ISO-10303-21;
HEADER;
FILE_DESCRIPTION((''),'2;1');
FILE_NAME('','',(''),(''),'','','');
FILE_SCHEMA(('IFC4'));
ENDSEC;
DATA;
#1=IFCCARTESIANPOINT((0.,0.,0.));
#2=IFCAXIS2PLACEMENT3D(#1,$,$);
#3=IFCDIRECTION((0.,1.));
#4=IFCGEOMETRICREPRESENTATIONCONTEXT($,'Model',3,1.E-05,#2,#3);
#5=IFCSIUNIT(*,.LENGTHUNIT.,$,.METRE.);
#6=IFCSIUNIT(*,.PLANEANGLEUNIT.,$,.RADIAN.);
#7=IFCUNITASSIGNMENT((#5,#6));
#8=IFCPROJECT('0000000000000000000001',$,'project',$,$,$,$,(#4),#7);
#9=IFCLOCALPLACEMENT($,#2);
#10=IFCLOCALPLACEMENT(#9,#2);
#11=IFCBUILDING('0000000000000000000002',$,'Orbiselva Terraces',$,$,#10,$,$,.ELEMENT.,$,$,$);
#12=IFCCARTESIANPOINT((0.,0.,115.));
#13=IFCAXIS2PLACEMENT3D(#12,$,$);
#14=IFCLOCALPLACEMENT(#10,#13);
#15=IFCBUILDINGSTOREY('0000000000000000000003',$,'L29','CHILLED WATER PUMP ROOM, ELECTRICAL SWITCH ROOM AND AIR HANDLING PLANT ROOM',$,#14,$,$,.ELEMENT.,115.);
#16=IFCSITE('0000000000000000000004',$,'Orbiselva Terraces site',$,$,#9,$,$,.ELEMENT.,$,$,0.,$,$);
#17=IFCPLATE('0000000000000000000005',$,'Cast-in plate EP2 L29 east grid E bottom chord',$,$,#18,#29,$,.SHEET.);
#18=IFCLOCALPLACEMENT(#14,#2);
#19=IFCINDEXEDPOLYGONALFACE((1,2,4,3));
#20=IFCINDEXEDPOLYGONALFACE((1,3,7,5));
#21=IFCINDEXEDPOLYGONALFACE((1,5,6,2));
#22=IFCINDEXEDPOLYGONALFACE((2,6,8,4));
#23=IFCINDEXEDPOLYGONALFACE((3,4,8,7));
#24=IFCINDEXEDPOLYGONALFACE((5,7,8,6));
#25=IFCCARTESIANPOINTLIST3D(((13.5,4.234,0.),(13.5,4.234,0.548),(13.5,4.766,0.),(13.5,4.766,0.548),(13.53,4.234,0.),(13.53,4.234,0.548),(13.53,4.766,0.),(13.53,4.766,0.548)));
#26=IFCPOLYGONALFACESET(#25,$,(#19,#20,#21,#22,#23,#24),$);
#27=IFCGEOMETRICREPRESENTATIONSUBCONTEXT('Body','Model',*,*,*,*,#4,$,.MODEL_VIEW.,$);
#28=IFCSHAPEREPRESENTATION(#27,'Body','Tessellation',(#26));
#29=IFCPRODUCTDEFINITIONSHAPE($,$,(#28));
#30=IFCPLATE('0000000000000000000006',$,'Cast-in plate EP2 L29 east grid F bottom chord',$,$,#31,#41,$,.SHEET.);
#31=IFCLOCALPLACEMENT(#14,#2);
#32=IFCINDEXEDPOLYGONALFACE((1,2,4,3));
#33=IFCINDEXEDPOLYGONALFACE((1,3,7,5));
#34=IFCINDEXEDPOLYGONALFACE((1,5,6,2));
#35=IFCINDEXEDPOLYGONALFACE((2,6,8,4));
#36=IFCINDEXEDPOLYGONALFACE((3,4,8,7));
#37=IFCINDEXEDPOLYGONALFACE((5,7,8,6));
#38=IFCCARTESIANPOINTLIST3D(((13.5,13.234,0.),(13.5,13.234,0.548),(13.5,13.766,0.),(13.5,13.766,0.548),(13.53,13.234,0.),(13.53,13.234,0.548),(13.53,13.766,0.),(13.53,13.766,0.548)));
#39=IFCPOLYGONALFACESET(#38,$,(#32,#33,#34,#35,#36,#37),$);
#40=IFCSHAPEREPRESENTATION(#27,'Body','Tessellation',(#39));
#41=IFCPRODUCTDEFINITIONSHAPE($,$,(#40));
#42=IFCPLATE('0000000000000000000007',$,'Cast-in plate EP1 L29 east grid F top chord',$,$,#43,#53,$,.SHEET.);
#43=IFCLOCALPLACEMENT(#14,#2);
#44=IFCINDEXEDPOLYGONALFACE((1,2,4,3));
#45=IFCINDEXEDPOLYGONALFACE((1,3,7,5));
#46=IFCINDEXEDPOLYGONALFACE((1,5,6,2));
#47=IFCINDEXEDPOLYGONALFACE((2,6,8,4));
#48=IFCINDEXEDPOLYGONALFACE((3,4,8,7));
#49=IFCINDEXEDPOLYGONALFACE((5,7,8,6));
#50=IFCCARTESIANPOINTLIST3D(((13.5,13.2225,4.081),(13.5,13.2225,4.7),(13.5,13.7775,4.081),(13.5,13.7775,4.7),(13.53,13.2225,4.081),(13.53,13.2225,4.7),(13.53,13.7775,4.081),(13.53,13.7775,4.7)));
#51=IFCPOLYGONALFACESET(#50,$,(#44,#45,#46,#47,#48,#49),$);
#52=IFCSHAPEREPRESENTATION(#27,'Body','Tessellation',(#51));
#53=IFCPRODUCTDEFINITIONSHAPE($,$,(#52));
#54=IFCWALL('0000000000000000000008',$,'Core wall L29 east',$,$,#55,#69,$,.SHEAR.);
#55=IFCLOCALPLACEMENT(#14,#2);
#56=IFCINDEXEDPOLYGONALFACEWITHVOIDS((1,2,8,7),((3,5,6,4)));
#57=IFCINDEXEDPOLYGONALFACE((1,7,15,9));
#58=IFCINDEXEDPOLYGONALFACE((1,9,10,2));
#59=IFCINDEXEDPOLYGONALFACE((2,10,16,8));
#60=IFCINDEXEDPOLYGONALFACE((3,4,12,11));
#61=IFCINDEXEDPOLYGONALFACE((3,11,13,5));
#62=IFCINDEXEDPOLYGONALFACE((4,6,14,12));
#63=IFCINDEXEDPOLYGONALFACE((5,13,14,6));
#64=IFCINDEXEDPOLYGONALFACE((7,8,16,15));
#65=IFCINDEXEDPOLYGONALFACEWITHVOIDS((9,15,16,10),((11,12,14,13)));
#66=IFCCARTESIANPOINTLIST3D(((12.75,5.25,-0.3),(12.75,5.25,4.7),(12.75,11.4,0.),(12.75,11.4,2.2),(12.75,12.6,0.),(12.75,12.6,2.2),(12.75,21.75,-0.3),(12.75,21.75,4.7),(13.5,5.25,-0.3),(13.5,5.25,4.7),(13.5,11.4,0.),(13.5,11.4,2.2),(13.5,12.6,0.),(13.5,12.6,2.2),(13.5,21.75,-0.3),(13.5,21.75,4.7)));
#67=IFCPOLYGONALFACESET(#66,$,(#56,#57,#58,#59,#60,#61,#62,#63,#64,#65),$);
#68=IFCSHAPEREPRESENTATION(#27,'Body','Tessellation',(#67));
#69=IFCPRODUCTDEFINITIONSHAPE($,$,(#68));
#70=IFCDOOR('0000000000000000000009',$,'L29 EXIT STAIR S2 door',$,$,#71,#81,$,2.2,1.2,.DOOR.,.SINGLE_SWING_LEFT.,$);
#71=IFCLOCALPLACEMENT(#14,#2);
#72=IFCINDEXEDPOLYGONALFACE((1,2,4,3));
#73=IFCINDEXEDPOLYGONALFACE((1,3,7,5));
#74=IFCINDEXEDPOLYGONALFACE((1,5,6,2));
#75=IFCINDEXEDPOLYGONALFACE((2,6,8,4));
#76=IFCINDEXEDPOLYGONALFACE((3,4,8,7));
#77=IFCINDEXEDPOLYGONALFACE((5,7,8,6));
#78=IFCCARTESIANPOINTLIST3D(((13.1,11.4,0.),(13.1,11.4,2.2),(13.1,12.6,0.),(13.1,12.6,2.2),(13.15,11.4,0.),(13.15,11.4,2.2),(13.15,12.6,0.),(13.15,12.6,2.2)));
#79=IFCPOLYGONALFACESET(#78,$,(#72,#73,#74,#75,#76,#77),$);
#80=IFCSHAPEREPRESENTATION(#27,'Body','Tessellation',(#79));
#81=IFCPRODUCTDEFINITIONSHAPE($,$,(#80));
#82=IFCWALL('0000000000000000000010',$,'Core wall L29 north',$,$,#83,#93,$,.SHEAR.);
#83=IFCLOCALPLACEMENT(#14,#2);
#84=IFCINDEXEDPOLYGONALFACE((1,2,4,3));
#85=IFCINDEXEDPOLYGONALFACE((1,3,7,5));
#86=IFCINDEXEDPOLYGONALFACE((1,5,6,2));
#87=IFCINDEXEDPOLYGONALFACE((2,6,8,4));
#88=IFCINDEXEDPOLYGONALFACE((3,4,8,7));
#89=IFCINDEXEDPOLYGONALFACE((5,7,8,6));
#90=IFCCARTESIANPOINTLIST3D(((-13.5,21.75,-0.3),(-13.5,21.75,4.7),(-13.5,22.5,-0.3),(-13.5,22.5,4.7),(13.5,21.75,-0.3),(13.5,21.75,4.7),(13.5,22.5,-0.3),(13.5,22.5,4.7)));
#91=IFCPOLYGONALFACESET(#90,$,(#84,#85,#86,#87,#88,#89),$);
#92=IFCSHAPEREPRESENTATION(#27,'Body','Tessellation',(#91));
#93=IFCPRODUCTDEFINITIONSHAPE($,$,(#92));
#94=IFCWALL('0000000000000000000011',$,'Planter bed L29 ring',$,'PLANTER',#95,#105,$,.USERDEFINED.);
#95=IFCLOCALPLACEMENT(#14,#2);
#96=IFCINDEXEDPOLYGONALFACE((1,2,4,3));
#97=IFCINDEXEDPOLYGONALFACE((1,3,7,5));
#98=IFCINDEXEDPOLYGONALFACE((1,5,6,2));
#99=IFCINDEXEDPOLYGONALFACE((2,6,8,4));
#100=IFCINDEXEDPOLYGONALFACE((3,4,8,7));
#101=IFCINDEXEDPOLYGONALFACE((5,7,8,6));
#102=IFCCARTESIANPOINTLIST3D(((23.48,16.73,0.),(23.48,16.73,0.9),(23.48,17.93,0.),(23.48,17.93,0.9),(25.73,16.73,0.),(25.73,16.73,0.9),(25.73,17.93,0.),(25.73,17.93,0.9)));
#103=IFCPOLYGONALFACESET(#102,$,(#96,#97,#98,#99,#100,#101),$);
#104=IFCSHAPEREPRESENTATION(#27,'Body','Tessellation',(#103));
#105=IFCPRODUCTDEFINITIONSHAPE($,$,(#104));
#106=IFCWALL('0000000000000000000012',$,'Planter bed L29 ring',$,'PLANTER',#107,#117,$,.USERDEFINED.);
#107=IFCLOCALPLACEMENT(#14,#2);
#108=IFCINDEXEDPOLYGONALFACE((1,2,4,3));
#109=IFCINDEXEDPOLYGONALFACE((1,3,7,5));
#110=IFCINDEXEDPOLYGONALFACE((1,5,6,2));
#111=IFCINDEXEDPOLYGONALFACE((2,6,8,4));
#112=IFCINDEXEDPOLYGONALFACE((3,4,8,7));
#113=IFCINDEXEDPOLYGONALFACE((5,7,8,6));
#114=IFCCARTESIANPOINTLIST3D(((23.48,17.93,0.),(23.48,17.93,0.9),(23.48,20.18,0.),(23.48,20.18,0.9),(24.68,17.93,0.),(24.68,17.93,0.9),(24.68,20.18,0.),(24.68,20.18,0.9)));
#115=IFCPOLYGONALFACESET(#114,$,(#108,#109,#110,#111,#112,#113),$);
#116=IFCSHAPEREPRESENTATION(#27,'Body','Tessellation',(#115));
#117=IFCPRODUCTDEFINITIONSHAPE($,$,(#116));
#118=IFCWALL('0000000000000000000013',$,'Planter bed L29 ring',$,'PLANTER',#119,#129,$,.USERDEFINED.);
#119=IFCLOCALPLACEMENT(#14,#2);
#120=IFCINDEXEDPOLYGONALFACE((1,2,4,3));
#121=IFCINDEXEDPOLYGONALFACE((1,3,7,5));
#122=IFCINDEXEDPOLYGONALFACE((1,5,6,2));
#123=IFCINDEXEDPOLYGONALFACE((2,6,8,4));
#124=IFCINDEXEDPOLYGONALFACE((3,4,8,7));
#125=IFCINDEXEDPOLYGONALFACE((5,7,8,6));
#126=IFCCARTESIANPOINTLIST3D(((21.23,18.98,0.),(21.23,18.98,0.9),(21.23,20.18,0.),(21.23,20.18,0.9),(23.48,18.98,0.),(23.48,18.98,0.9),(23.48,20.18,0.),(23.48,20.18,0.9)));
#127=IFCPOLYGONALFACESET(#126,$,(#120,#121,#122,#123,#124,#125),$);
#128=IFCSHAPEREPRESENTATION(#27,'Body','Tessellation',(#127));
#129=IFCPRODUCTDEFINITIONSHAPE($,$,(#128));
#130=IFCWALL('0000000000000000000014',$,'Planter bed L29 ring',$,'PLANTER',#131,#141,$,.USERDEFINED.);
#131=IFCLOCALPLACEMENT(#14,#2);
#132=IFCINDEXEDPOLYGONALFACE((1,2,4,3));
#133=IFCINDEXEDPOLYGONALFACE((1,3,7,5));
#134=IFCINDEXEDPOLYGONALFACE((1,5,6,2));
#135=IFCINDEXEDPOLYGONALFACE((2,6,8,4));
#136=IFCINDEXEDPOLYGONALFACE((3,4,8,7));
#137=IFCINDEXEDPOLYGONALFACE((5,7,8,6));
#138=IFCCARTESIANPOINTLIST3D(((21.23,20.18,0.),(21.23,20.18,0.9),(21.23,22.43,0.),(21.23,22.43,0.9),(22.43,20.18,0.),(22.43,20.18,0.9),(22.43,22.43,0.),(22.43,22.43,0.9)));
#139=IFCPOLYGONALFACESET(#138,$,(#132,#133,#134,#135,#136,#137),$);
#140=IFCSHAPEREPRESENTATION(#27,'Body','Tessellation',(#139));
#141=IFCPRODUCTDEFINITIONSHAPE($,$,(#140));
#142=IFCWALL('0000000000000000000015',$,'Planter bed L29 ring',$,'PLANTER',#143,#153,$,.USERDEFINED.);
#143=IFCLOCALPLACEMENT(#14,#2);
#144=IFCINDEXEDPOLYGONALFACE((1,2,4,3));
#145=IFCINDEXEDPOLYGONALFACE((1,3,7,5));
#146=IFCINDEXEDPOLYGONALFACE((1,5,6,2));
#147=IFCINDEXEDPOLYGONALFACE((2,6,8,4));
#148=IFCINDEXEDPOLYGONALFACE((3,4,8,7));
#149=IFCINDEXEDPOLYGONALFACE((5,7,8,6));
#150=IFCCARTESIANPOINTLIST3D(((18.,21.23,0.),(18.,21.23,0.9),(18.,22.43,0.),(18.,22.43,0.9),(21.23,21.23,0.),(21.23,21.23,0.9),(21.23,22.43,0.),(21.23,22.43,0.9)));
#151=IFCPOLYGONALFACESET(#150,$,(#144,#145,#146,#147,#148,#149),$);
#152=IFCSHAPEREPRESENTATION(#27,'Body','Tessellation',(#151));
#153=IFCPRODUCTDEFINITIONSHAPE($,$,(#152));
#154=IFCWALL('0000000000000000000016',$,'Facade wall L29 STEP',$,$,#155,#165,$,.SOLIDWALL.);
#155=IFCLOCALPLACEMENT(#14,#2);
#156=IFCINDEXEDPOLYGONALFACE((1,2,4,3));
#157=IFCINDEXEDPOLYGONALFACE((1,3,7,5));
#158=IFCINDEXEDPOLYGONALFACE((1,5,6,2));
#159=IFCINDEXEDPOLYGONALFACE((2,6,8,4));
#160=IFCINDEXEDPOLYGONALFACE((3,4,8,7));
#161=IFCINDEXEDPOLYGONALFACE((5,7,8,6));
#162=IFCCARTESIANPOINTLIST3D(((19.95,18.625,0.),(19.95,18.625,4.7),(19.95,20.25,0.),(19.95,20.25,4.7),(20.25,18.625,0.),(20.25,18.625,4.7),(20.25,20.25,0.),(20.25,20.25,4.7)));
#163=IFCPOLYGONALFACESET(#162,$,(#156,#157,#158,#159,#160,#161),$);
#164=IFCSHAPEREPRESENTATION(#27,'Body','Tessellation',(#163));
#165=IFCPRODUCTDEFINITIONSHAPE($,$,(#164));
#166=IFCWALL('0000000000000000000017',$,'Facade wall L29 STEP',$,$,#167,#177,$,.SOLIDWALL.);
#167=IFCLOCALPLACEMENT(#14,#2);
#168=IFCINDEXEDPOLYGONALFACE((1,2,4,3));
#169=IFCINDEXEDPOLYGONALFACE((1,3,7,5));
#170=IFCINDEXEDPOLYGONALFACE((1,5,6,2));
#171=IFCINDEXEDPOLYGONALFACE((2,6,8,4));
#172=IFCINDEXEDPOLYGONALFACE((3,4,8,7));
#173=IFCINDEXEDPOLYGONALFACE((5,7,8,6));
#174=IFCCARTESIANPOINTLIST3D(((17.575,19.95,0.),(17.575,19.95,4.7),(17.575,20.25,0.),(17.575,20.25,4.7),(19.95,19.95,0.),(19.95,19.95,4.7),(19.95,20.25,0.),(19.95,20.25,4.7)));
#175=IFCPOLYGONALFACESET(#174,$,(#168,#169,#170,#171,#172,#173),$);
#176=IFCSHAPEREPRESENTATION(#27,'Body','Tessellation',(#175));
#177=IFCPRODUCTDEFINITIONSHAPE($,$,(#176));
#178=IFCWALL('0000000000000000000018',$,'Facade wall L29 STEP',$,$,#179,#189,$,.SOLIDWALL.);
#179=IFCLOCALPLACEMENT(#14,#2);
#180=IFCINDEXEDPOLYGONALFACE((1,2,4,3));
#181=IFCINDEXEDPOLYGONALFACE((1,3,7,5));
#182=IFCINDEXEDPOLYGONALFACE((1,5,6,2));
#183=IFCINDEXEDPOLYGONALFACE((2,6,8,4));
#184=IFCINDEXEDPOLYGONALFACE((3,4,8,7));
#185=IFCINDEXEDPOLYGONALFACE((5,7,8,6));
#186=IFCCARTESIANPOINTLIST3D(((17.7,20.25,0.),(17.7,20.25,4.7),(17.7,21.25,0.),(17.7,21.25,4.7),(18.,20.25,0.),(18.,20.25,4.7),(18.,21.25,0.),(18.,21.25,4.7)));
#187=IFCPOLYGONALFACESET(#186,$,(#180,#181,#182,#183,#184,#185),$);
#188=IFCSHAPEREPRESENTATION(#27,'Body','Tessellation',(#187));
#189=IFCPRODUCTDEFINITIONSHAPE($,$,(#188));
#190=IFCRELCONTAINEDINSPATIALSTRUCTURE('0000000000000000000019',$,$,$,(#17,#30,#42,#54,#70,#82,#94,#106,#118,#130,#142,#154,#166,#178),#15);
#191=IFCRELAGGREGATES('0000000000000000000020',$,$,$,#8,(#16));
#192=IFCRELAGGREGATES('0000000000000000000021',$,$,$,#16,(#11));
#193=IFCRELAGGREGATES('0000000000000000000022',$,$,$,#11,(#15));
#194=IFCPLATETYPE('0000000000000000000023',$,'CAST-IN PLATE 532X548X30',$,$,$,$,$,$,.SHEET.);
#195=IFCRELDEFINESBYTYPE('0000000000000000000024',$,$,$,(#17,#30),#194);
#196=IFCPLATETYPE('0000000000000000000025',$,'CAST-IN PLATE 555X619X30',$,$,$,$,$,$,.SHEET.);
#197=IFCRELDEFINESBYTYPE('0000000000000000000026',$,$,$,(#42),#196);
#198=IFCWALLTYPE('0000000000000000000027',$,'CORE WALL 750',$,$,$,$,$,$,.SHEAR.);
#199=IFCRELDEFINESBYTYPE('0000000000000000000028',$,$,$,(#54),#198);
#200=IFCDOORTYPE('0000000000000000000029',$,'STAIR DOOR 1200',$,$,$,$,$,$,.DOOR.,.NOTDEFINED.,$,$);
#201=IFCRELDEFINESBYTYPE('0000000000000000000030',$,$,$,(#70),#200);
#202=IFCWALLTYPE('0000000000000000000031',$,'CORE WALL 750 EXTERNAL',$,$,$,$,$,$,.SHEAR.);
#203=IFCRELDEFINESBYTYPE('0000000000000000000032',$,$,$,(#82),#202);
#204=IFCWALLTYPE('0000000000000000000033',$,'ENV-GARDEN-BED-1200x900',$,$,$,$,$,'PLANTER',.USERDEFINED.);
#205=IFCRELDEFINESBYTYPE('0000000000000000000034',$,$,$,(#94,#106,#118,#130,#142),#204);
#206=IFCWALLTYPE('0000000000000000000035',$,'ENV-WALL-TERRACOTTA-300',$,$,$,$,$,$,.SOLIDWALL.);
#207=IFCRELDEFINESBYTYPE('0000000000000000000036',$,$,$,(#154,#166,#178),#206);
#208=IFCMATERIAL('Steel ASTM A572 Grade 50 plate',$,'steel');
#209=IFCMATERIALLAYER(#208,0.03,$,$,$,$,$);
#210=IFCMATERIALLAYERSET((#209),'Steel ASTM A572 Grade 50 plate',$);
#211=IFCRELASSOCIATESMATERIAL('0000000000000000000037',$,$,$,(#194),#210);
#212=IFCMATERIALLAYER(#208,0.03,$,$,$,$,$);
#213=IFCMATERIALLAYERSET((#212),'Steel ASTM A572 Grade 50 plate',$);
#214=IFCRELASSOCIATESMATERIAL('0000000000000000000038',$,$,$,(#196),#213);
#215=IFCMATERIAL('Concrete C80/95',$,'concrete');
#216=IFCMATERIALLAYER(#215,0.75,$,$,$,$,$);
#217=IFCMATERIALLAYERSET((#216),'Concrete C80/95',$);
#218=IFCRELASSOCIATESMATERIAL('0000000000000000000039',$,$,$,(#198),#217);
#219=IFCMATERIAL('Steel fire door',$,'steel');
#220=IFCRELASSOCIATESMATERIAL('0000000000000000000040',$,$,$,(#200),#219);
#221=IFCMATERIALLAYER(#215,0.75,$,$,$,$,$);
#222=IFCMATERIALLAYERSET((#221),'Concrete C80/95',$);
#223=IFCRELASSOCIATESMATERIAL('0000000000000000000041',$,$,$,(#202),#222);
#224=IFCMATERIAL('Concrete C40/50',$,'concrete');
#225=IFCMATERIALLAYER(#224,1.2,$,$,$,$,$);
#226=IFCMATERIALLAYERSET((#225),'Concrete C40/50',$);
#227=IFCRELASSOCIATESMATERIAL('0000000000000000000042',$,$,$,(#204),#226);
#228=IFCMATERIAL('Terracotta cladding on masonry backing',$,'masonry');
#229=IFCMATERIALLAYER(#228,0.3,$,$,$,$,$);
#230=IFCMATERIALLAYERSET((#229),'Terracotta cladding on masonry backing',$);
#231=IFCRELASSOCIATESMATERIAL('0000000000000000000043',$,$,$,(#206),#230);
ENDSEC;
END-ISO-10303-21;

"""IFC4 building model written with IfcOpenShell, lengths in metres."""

from ifc_helpers import new_model, si_unit, direction, frame, frame_2d, origin, origin_2d, place, context, subcontext, project, spatial, rectangle, extrude, material, layer, layer_set, type_object, element, fill, save


model = new_model("IFC4")

# Units and contexts
model_context = context("Model", 3, precision=1e-05, world=origin(), true_north=direction((0.0, 1.0)))
body_context = subcontext(model_context, "Body", "Model", "MODEL_VIEW")
ifc_project = project(units=[si_unit("LENGTHUNIT", "METRE"), si_unit("PLANEANGLEUNIT", "RADIAN")], contexts=[model_context])

# Site, building, storey
site_placement = place(None, origin())
site = spatial("IfcSite", under=ifc_project, at=site_placement, Name="Orbiselva Terraces site", CompositionType="ELEMENT", RefElevation=0.0)
building_placement = place(site_placement, origin())
building = spatial("IfcBuilding", under=site, at=building_placement, Name="Orbiselva Terraces", CompositionType="ELEMENT")
storey_placement = place(building_placement, frame((0.0, 0.0, 115.0)))
storey = spatial("IfcBuildingStorey", under=building, at=storey_placement, Name="L29", Description="CHILLED WATER PUMP ROOM, ELECTRICAL SWITCH ROOM AND AIR HANDLING PLANT ROOM", CompositionType="ELEMENT", Elevation=115.0)

# Plates
ifc_material_1 = material(Name="Steel ASTM A572 Grade 50 plate", Category="steel")
ifc_layer_1 = layer(ifc_material_1, 0.03)
ifc_layer_set_1 = layer_set([ifc_layer_1], Name="Steel ASTM A572 Grade 50 plate")
plate_type_1 = type_object("IfcPlateType", Name="CAST-IN PLATE 532X548X30", PredefinedType="SHEET", material=ifc_layer_set_1)
for number, where, z_axis, x_axis, name in (
    (1, (13.515, 4.5, 0.0), (0.0, 0.0, 1.0), (1.0, 0.0, 0.0), "Cast-in plate EP2 L29 east grid E bottom chord"),
    (2, (13.515, 13.5, 0.0), (0.0, 0.0, 1.0), (1.0, 0.0, 0.0), "Cast-in plate EP2 L29 east grid F bottom chord"),
):
    element("IfcPlate", number, at=place(storey_placement, frame(where, z_axis=z_axis, x_axis=x_axis)), inside=storey, type_object=plate_type_1, Name=name, PredefinedType="SHEET", context=body_context, shape_type="SweptSolid", body=[
        extrude(rectangle(XDim=0.03, YDim=0.532, at=origin_2d()), origin(), (0.0, 0.0, 1.0), 0.548),
    ])
ifc_layer_2 = layer(ifc_material_1, 0.03)
ifc_layer_set_2 = layer_set([ifc_layer_2], Name="Steel ASTM A572 Grade 50 plate")
plate_type_2 = type_object("IfcPlateType", Name="CAST-IN PLATE 555X619X30", PredefinedType="SHEET", material=ifc_layer_set_2)
plate_placement = place(storey_placement, frame((13.515, 13.5, 4.081), z_axis=(0.0, 0.0, 1.0), x_axis=(1.0, 0.0, 0.0)))
element("IfcPlate", 3, at=plate_placement, inside=storey, type_object=plate_type_2, Name="Cast-in plate EP1 L29 east grid F top chord", PredefinedType="SHEET", context=body_context, shape_type="SweptSolid", body=[
    extrude(rectangle(XDim=0.03, YDim=0.555, at=origin_2d()), origin(), (0.0, 0.0, 1.0), 0.619),
])

# Wall, opening, door
ifc_material_2 = material(Name="Concrete C80/95", Category="concrete")
ifc_layer_3 = layer(ifc_material_2, 0.75)
ifc_layer_set_3 = layer_set([ifc_layer_3], Name="Concrete C80/95")
wall_type_1 = type_object("IfcWallType", Name="CORE WALL 750", PredefinedType="SHEAR", material=ifc_layer_set_3)
wall_1_placement = place(storey_placement, frame((13.125, 5.25, -0.3), z_axis=(0.0, 0.0, 1.0), x_axis=(0.0, 1.0, 0.0)))
wall_1 = element("IfcWall", 4, at=wall_1_placement, inside=storey, type_object=wall_type_1, Name="Core wall L29 east", PredefinedType="SHEAR", context=body_context, shape_type="SweptSolid", body=[
    extrude(rectangle(XDim=16.5, YDim=0.75, at=frame_2d((8.25, 0.0))), origin(), (0.0, 0.0, 1.0), 5.0),
])
opening_placement = place(wall_1_placement, frame((6.15, 0.0, 0.3)))
opening = element("IfcOpeningElement", 5, at=opening_placement, cuts=wall_1, PredefinedType="OPENING", context=body_context, shape_type="SweptSolid", body=[
    extrude(rectangle(XDim=1.2, YDim=2.2, at=frame_2d((0.6, 1.1))), frame((0.0, 0.385, 0.0), z_axis=(0.0, -1.0, 0.0), x_axis=(1.0, 0.0, 0.0)), (0.0, 0.0, 1.0), 0.77),
])
ifc_material_3 = material(Name="Steel fire door", Category="steel")
door_type = type_object("IfcDoorType", Name="STAIR DOOR 1200", OperationType="NOTDEFINED", PredefinedType="DOOR", material=ifc_material_3)
door_placement = place(opening_placement, frame((1.2, 0.0, 0.0), z_axis=(0.0, 0.0, 1.0), x_axis=(-1.0, 0.0, 0.0)))
door = element("IfcDoor", 6, at=door_placement, inside=storey, type_object=door_type, Name="L29 EXIT STAIR S2 door", OperationType="SINGLE_SWING_LEFT", OverallHeight=2.2, OverallWidth=1.2, PredefinedType="DOOR", context=body_context, shape_type="SweptSolid", body=[
    extrude(rectangle(XDim=1.2, YDim=2.2, at=frame_2d((0.6, 1.1))), frame((0.0, 0.025, 0.0), z_axis=(0.0, -1.0, 0.0), x_axis=(1.0, 0.0, 0.0)), (0.0, 0.0, 1.0), 0.05),
])
fill(opening, door)

# Walls
ifc_layer_4 = layer(ifc_material_2, 0.75)
ifc_layer_set_4 = layer_set([ifc_layer_4], Name="Concrete C80/95")
wall_type_2 = type_object("IfcWallType", Name="CORE WALL 750 EXTERNAL", PredefinedType="SHEAR", material=ifc_layer_set_4)
wall_2_placement = place(storey_placement, frame((13.5, 22.125, -0.3), z_axis=(0.0, 0.0, 1.0), x_axis=(-1.0, 0.0, 0.0)))
element("IfcWall", 7, at=wall_2_placement, inside=storey, type_object=wall_type_2, Name="Core wall L29 north", PredefinedType="SHEAR", context=body_context, shape_type="SweptSolid", body=[
    extrude(rectangle(XDim=27.0, YDim=0.75, at=frame_2d((13.5, 0.0))), origin(), (0.0, 0.0, 1.0), 5.0),
])
ifc_material_4 = material(Name="Concrete C40/50", Category="concrete")
ifc_layer_5 = layer(ifc_material_4, 1.2)
ifc_layer_set_5 = layer_set([ifc_layer_5], Name="Concrete C40/50")
wall_type_3 = type_object("IfcWallType", Name="ENV-GARDEN-BED-1200x900", ElementType="PLANTER", PredefinedType="USERDEFINED", material=ifc_layer_set_5)
for number, where, z_axis, x_axis, name in (
    (8, (25.73, 17.33, 0.0), (0.0, 0.0, 1.0), (-1.0, 0.0, 0.0), "Planter bed L29 ring"),
    (9, (24.08, 17.93, 0.0), (0.0, 0.0, 1.0), (0.0, 1.0, 0.0), "Planter bed L29 ring"),
    (10, (23.48, 19.58, 0.0), (0.0, 0.0, 1.0), (-1.0, 0.0, 0.0), "Planter bed L29 ring"),
    (11, (21.83, 20.18, 0.0), (0.0, 0.0, 1.0), (0.0, 1.0, 0.0), "Planter bed L29 ring"),
):
    element("IfcWall", number, at=place(storey_placement, frame(where, z_axis=z_axis, x_axis=x_axis)), inside=storey, type_object=wall_type_3, Name=name, ObjectType="PLANTER", PredefinedType="USERDEFINED", context=body_context, shape_type="SweptSolid", body=[
        extrude(rectangle(XDim=2.25, YDim=1.2, at=frame_2d((1.125, 0.0))), origin(), (0.0, 0.0, 1.0), 0.9),
    ])
wall_3_placement = place(storey_placement, frame((21.23, 21.83, 0.0), z_axis=(0.0, 0.0, 1.0), x_axis=(-1.0, 0.0, 0.0)))
element("IfcWall", 12, at=wall_3_placement, inside=storey, type_object=wall_type_3, Name="Planter bed L29 ring", ObjectType="PLANTER", PredefinedType="USERDEFINED", context=body_context, shape_type="SweptSolid", body=[
    extrude(rectangle(XDim=3.23, YDim=1.2, at=frame_2d((1.615, 0.0))), origin(), (0.0, 0.0, 1.0), 0.9),
])
ifc_material_5 = material(Name="Terracotta cladding on masonry backing", Category="masonry")
ifc_layer_6 = layer(ifc_material_5, 0.3)
ifc_layer_set_6 = layer_set([ifc_layer_6], Name="Terracotta cladding on masonry backing")
wall_type_4 = type_object("IfcWallType", Name="ENV-WALL-TERRACOTTA-300", PredefinedType="SOLIDWALL", material=ifc_layer_set_6)
wall_4_placement = place(storey_placement, frame((20.1, 20.25, 0.0), z_axis=(0.0, 0.0, 1.0), x_axis=(0.0, -1.0, 0.0)))
element("IfcWall", 13, at=wall_4_placement, inside=storey, type_object=wall_type_4, Name="Facade wall L29 STEP", PredefinedType="SOLIDWALL", context=body_context, shape_type="SweptSolid", body=[
    extrude(rectangle(XDim=1.625, YDim=0.3, at=frame_2d((0.8125, 0.0))), origin(), (0.0, 0.0, 1.0), 4.7),
])
wall_5_placement = place(storey_placement, frame((17.575, 20.1, 0.0), z_axis=(0.0, 0.0, 1.0), x_axis=(1.0, 0.0, 0.0)))
element("IfcWall", 14, at=wall_5_placement, inside=storey, type_object=wall_type_4, Name="Facade wall L29 STEP", PredefinedType="SOLIDWALL", context=body_context, shape_type="SweptSolid", body=[
    extrude(rectangle(XDim=2.375, YDim=0.3, at=frame_2d((1.1875, 0.0))), origin(), (0.0, 0.0, 1.0), 4.7),
])
wall_6_placement = place(storey_placement, frame((17.85, 21.25, 0.0), z_axis=(0.0, 0.0, 1.0), x_axis=(0.0, -1.0, 0.0)))
element("IfcWall", 15, at=wall_6_placement, inside=storey, type_object=wall_type_4, Name="Facade wall L29 STEP", PredefinedType="SOLIDWALL", context=body_context, shape_type="SweptSolid", body=[
    extrude(rectangle(XDim=1.0, YDim=0.3, at=frame_2d((0.5, 0.0))), origin(), (0.0, 0.0, 1.0), 4.7),
])

save(model, "model.ifc")
